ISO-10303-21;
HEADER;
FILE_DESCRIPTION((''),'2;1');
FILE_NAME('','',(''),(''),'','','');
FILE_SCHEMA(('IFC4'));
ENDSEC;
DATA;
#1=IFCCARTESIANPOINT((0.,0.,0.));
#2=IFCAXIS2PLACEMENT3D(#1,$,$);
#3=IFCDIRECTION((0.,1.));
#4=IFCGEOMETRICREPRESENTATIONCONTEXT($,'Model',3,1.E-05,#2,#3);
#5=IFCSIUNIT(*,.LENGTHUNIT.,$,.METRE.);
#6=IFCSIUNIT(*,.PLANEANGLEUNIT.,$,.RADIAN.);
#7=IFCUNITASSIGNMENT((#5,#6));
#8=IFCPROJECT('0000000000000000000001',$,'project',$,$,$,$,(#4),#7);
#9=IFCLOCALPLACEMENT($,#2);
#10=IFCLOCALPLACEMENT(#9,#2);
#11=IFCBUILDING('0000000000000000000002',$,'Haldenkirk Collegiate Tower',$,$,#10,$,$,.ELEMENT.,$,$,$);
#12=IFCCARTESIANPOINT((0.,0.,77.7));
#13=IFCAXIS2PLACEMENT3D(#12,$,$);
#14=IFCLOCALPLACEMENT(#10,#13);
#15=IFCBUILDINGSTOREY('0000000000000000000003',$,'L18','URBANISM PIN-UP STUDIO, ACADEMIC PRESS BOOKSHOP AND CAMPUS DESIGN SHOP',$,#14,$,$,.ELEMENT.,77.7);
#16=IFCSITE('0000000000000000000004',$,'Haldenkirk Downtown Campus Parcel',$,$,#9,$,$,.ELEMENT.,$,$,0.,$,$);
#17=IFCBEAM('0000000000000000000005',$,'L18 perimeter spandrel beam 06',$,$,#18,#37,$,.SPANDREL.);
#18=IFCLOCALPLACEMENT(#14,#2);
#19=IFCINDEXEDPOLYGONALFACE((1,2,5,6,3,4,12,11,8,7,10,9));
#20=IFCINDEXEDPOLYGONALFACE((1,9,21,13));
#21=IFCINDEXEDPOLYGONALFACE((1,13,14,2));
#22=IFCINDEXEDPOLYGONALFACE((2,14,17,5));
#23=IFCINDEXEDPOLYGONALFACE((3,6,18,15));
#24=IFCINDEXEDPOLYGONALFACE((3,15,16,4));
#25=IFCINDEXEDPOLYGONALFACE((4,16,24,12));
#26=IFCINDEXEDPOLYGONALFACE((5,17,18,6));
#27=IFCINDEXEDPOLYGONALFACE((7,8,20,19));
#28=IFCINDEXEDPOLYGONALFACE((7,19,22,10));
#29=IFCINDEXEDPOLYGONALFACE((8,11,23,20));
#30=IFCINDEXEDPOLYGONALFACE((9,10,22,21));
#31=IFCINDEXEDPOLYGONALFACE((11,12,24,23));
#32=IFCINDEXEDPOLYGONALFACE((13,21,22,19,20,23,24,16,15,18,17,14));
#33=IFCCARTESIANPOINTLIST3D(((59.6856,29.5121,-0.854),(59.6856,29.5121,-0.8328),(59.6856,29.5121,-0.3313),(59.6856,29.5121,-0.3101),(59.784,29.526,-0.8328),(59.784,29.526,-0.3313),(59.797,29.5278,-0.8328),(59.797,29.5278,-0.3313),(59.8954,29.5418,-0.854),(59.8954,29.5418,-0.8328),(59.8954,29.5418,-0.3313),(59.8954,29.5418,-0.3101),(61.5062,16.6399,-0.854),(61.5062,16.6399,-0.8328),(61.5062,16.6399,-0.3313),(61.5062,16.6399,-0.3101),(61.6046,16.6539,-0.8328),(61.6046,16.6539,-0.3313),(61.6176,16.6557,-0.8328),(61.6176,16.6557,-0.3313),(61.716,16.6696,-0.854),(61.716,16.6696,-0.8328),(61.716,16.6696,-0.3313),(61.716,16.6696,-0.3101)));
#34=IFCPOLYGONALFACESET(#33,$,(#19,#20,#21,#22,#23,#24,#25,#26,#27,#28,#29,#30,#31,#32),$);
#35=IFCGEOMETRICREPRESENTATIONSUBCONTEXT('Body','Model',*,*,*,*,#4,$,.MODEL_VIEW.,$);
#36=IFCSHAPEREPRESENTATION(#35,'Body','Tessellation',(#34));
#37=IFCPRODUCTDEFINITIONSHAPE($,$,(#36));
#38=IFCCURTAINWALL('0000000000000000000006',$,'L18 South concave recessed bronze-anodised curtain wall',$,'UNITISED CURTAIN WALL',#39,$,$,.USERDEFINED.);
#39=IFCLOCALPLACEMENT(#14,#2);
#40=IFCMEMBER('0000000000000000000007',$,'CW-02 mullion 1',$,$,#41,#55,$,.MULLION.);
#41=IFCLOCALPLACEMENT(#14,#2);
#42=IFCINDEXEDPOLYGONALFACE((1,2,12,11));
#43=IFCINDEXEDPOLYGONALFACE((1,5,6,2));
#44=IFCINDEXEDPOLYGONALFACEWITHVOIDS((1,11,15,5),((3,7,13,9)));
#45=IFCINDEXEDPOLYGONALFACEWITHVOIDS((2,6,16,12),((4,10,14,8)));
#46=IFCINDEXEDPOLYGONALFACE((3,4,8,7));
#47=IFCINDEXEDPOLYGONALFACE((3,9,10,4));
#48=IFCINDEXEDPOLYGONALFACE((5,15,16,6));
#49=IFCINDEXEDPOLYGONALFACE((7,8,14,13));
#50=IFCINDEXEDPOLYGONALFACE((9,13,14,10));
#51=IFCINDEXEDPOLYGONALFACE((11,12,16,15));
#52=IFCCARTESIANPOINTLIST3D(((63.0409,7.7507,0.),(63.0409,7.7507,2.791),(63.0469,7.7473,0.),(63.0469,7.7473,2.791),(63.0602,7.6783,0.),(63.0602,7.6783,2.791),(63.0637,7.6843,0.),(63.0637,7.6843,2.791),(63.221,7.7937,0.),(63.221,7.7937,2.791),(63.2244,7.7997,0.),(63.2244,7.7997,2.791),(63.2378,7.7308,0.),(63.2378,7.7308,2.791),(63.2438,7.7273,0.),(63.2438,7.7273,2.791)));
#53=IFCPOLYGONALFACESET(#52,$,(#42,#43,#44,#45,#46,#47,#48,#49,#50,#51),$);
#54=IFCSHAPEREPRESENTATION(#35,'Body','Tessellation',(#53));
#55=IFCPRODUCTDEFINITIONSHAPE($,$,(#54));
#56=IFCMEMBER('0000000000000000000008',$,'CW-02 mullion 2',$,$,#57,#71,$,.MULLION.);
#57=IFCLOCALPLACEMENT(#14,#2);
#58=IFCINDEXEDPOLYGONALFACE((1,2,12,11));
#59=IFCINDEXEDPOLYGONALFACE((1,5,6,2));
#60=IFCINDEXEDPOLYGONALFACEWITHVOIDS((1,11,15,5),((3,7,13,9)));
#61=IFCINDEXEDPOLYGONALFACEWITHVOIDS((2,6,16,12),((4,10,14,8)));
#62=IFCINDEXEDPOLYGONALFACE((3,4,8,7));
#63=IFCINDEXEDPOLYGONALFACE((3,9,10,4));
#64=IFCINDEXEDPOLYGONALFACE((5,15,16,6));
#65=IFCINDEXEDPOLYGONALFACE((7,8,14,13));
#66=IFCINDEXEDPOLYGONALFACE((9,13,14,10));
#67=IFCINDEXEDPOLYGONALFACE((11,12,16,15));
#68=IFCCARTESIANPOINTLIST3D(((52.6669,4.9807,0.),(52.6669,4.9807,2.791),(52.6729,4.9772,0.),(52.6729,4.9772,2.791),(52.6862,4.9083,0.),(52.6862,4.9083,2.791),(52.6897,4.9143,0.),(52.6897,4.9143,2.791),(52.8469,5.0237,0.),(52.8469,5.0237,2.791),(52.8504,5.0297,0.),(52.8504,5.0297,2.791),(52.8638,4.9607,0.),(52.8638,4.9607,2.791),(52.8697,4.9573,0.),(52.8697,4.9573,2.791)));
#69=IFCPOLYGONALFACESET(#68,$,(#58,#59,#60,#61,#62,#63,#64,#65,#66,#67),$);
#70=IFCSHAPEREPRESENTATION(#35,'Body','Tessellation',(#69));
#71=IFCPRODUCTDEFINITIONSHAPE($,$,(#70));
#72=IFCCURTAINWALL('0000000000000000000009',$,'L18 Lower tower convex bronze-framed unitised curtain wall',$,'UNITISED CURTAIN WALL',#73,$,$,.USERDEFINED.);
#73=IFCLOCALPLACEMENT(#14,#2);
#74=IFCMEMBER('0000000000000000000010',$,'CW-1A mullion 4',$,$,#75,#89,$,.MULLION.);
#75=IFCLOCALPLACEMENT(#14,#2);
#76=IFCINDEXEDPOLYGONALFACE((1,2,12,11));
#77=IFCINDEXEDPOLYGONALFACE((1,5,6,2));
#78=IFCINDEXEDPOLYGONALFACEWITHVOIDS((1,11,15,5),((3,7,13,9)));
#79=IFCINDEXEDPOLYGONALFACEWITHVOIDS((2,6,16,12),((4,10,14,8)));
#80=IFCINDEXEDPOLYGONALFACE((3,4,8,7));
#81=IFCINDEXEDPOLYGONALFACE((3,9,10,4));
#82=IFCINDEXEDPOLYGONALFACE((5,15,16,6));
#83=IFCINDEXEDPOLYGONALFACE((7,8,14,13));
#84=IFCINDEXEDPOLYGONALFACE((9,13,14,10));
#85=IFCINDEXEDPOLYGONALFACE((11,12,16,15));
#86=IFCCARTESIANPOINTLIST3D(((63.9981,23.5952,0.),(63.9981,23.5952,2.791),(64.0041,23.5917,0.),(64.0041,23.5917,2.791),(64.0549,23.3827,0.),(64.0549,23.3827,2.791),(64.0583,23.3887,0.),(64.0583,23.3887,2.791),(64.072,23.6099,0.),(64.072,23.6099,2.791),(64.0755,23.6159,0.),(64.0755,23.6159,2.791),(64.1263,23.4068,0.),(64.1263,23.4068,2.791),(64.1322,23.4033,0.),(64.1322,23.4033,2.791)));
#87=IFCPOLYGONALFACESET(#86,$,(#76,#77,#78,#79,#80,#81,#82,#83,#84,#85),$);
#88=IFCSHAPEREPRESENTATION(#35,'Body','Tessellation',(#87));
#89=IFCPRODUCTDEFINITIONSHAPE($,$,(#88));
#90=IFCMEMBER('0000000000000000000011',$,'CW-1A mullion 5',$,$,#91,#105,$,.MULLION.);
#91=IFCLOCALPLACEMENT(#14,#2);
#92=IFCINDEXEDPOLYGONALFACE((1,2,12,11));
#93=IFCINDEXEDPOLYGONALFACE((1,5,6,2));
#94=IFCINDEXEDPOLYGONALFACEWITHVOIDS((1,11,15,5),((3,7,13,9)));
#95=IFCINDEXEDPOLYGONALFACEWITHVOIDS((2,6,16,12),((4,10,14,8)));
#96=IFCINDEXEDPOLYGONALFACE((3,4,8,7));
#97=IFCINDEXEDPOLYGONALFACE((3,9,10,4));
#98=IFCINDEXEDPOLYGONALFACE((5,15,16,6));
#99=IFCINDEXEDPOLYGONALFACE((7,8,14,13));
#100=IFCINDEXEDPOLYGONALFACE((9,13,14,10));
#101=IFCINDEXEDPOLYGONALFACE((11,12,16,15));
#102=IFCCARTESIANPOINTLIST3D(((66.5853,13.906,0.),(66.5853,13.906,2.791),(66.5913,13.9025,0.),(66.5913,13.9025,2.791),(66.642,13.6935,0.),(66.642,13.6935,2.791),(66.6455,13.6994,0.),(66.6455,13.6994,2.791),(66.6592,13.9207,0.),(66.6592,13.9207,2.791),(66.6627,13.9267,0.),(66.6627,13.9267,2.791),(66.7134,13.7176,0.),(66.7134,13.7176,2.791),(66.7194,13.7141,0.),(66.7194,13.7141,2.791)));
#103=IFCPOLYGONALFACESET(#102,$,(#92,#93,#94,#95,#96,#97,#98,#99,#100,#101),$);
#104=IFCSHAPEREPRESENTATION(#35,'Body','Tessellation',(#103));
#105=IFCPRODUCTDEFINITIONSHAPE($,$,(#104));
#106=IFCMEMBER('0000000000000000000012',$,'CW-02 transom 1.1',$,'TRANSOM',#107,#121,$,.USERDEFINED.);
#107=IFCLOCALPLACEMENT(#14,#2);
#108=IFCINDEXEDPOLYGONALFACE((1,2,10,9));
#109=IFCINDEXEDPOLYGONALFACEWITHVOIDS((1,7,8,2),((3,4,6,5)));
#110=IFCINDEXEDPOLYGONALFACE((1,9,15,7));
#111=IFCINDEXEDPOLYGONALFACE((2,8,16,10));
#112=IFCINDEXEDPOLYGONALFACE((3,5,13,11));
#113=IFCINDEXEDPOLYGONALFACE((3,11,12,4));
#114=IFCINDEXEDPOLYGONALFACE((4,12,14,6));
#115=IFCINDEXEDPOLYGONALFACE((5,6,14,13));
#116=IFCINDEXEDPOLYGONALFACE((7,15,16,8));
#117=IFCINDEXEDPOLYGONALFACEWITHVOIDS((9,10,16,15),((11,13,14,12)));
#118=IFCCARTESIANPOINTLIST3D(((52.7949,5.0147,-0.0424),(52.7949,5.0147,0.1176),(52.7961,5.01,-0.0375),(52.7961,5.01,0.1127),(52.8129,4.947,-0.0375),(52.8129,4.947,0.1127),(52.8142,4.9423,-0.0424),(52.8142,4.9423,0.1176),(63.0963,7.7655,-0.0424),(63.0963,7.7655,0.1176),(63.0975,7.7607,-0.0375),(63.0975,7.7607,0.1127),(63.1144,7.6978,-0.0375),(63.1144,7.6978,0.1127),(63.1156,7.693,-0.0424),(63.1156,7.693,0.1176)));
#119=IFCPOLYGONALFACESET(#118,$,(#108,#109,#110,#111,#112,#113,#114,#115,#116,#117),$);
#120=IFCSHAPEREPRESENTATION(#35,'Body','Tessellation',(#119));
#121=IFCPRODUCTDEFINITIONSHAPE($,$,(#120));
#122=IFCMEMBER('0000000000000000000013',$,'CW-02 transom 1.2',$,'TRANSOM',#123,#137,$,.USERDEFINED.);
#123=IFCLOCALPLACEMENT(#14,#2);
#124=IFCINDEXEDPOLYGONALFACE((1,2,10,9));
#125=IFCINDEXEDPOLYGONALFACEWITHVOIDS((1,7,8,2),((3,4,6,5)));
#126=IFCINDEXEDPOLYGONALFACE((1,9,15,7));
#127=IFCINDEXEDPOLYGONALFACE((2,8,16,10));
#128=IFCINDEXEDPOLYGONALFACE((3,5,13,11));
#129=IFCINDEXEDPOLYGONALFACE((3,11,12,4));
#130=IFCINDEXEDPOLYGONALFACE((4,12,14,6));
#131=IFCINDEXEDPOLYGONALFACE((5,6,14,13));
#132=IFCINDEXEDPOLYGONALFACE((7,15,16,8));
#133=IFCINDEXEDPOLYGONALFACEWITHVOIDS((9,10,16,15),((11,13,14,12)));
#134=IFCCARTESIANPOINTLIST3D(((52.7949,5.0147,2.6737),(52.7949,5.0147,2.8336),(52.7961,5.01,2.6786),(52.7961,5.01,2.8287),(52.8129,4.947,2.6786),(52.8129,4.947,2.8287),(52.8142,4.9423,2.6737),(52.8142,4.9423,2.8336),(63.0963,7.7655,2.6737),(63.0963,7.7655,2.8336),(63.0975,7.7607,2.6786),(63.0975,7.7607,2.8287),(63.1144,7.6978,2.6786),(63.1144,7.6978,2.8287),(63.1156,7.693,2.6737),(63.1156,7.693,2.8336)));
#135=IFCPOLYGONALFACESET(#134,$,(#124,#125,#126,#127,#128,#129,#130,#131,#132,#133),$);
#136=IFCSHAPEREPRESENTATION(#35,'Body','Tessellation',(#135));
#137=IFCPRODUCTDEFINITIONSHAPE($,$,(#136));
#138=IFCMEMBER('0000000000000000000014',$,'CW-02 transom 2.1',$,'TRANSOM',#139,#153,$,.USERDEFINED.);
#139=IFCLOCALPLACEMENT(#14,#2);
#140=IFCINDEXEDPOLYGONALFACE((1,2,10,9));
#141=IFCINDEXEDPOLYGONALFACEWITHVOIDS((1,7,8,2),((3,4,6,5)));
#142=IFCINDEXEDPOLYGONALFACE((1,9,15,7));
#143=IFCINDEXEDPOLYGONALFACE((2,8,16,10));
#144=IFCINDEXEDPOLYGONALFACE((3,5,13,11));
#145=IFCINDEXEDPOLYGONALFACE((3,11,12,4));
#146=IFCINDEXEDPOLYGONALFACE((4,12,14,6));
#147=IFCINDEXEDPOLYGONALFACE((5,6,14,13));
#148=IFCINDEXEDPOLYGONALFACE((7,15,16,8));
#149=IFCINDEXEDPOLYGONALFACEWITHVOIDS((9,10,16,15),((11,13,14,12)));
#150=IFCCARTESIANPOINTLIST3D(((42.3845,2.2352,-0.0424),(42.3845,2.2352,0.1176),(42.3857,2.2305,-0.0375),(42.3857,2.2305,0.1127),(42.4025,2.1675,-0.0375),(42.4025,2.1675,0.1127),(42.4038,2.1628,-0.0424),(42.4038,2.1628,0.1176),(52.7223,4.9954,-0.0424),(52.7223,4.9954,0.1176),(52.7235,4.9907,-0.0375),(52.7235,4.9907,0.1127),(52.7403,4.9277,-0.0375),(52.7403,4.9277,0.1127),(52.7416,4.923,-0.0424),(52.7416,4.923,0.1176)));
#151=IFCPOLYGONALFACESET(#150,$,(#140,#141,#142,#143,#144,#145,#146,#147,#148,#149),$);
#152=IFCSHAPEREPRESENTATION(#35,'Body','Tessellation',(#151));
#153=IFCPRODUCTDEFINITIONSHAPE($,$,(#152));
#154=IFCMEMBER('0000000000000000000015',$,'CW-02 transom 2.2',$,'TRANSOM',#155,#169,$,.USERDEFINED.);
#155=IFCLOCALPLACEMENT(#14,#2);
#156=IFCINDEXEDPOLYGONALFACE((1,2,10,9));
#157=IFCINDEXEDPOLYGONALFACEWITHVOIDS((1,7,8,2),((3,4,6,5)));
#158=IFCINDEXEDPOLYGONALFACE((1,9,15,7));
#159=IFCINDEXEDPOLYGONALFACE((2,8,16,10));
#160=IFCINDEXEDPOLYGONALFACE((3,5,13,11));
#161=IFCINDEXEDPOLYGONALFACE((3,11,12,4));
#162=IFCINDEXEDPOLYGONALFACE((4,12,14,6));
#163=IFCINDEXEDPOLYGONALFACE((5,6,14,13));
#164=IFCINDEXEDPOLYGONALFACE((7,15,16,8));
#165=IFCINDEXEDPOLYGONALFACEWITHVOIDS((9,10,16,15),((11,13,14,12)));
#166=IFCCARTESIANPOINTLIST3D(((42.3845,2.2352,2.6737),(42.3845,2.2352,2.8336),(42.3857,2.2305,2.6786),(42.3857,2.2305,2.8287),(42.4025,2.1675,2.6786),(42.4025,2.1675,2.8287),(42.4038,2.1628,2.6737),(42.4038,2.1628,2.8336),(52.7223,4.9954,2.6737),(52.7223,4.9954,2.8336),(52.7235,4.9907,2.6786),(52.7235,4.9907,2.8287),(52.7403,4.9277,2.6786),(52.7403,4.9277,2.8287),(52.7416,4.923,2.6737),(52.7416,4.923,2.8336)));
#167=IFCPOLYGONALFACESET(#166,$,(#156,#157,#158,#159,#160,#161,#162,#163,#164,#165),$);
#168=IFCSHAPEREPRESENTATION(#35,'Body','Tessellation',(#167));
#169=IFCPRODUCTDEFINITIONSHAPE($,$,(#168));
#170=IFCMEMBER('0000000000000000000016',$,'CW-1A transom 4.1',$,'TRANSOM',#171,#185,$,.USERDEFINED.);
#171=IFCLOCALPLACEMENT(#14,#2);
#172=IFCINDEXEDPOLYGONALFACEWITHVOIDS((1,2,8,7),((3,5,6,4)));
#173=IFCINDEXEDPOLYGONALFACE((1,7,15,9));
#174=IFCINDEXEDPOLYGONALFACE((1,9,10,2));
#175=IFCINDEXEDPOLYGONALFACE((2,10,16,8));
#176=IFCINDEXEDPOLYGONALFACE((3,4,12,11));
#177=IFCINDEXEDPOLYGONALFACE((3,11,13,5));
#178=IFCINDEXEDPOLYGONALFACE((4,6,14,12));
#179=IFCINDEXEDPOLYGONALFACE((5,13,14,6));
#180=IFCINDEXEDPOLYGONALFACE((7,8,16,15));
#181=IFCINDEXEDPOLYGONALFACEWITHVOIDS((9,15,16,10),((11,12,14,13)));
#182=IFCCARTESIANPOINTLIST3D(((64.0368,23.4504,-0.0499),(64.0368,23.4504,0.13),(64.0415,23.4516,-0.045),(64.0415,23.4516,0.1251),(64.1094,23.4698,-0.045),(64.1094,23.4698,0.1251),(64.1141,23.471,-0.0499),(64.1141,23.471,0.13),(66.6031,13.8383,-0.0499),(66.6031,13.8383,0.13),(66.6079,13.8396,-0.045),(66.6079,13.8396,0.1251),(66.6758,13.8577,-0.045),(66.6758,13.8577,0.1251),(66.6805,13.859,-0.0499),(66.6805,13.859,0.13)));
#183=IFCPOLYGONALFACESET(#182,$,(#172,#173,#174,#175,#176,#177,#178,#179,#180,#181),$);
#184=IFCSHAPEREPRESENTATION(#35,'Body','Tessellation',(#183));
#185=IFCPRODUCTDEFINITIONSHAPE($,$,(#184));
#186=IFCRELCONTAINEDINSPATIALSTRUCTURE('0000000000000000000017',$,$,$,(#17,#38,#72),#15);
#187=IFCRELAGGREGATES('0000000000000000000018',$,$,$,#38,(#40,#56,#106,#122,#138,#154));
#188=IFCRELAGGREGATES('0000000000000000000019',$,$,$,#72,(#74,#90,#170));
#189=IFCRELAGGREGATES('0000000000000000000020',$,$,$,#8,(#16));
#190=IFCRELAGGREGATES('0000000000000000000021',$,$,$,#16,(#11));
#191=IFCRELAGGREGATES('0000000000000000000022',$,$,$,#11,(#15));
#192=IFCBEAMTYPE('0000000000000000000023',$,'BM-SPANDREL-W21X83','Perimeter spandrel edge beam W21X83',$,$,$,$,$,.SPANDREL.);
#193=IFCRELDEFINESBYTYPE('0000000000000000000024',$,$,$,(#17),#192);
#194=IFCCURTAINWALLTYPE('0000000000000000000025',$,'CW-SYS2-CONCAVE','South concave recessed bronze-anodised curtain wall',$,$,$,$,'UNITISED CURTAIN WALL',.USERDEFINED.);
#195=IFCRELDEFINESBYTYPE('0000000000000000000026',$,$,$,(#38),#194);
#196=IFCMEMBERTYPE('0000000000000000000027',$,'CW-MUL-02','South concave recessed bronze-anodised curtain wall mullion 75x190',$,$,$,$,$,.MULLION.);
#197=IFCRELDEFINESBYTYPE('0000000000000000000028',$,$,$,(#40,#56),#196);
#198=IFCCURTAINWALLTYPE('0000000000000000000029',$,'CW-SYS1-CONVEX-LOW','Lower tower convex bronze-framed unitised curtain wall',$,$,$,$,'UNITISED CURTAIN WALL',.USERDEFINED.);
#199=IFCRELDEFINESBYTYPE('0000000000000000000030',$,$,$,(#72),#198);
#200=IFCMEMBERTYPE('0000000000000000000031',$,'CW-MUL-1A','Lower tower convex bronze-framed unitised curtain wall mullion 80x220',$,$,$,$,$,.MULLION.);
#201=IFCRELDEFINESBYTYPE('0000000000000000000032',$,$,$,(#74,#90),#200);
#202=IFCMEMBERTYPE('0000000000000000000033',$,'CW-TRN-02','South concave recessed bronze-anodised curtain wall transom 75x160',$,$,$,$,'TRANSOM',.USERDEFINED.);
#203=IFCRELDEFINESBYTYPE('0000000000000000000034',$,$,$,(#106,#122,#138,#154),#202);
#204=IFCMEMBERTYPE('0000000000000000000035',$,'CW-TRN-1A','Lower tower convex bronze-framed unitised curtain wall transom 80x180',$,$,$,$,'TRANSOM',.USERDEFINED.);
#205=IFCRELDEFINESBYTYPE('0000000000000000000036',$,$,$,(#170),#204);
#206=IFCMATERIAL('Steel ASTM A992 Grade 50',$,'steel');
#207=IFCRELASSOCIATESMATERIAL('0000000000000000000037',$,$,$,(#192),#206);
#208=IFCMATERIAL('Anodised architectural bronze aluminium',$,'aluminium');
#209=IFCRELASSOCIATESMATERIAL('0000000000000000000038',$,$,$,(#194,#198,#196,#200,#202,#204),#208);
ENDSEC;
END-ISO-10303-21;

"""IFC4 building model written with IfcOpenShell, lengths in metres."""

from ifc_helpers import new_model, si_unit, direction, frame, origin, origin_2d, place, context, subcontext, project, spatial, hollow_rectangle, i_section, extrude, material, material_profile, profile_set, type_object, element, aggregate, save


model = new_model("IFC4")

# Units and contexts
model_context = context("Model", 3, precision=1e-05, world=origin(), true_north=direction((0.0, 1.0)))
body_context = subcontext(model_context, "Body", "Model", "MODEL_VIEW")
ifc_project = project(units=[si_unit("LENGTHUNIT", "METRE"), si_unit("PLANEANGLEUNIT", "RADIAN")], contexts=[model_context])

# Site, building, storey
site_placement = place(None, origin())
site = spatial("IfcSite", under=ifc_project, at=site_placement, Name="Haldenkirk Downtown Campus Parcel", CompositionType="ELEMENT", RefElevation=0.0)
building_placement = place(site_placement, origin())
building = spatial("IfcBuilding", under=site, at=building_placement, Name="Haldenkirk Collegiate Tower", CompositionType="ELEMENT")
storey_placement = place(building_placement, frame((0.0, 0.0, 77.7)))
storey = spatial("IfcBuildingStorey", under=building, at=storey_placement, Name="L18", Description="URBANISM PIN-UP STUDIO, ACADEMIC PRESS BOOKSHOP AND CAMPUS DESIGN SHOP", CompositionType="ELEMENT", Elevation=77.7)

# Beam
ifc_material_1 = material(Name="Steel ASTM A992 Grade 50", Category="steel")
ifc_material_profile_1 = material_profile(ifc_material_1, i_section(OverallWidth=0.2119, OverallDepth=0.5439, WebThickness=0.0132, FlangeThickness=0.0212, at=origin_2d()), Name="W21X83")
ifc_profile_set_1 = profile_set([ifc_material_profile_1], Name="Steel ASTM A992 Grade 50")
beam_type_1 = type_object("IfcBeamType", Name="BM-SPANDREL-W21X83", Description="Perimeter spandrel edge beam W21X83", PredefinedType="SPANDREL", material=ifc_profile_set_1)
beam_1_placement = place(storey_placement, frame((61.6111, 16.6548, -0.582), z_axis=(-0.140041, 0.990146, 0.0), x_axis=(-0.990146, -0.140041, 0.0)))
element("IfcBeam", 1, at=beam_1_placement, inside=storey, type_object=beam_type_1, Name="L18 perimeter spandrel beam 06", PredefinedType="SPANDREL", context=body_context, shape_type="SweptSolid", body=[
    extrude(i_section(OverallWidth=0.2119, OverallDepth=0.5439, WebThickness=0.0132, FlangeThickness=0.0212, at=origin_2d()), origin(), (0.0, 0.0, 1.0), 13.0002),
])

# Curtain walls, members
ifc_material_2 = material(Name="Anodised architectural bronze aluminium", Category="aluminium")
curtain_wall_type_1 = type_object("IfcCurtainWallType", Name="CW-SYS2-CONCAVE", Description="South concave recessed bronze-anodised curtain wall", ElementType="UNITISED CURTAIN WALL", PredefinedType="USERDEFINED", material=ifc_material_2)
curtain_wall_1_placement = place(storey_placement, origin())
curtain_wall_1 = element("IfcCurtainWall", 2, at=curtain_wall_1_placement, inside=storey, type_object=curtain_wall_type_1, Name="L18 South concave recessed bronze-anodised curtain wall", ObjectType="UNITISED CURTAIN WALL", PredefinedType="USERDEFINED")
ifc_material_profile_2 = material_profile(ifc_material_2, hollow_rectangle(XDim=0.075, YDim=0.1899, WallThickness=0.0049, at=origin_2d()), Name="CW-MUL-02")
ifc_profile_set_2 = profile_set([ifc_material_profile_2], Name="Anodised architectural bronze aluminium")
member_type_1 = type_object("IfcMemberType", Name="CW-MUL-02", Description="South concave recessed bronze-anodised curtain wall mullion 75x190", PredefinedType="MULLION", material=ifc_profile_set_2)
member_1_placement = place(storey_placement, frame((63.1423, 7.739, 0.0), z_axis=(0.0, 0.0, 1.0), x_axis=(0.257976, -0.966151, 0.0)))
member_1 = element("IfcMember", 3, at=member_1_placement, type_object=member_type_1, Name="CW-02 mullion 1", PredefinedType="MULLION", context=body_context, shape_type="SweptSolid", body=[
    extrude(hollow_rectangle(XDim=0.075, YDim=0.1899, WallThickness=0.0049, at=origin_2d()), origin(), (0.0, 0.0, 1.0), 2.791),
])
member_2_placement = place(storey_placement, frame((52.7683, 4.969, 0.0), z_axis=(0.0, 0.0, 1.0), x_axis=(0.257976, -0.966151, 0.0)))
member_2 = element("IfcMember", 4, at=member_2_placement, type_object=member_type_1, Name="CW-02 mullion 2", PredefinedType="MULLION", context=body_context, shape_type="SweptSolid", body=[
    extrude(hollow_rectangle(XDim=0.075, YDim=0.1899, WallThickness=0.0049, at=origin_2d()), origin(), (0.0, 0.0, 1.0), 2.791),
])
curtain_wall_type_2 = type_object("IfcCurtainWallType", Name="CW-SYS1-CONVEX-LOW", Description="Lower tower convex bronze-framed unitised curtain wall", ElementType="UNITISED CURTAIN WALL", PredefinedType="USERDEFINED", material=ifc_material_2)
curtain_wall_2_placement = place(storey_placement, origin())
curtain_wall_2 = element("IfcCurtainWall", 5, at=curtain_wall_2_placement, inside=storey, type_object=curtain_wall_type_2, Name="L18 Lower tower convex bronze-framed unitised curtain wall", ObjectType="UNITISED CURTAIN WALL", PredefinedType="USERDEFINED")
ifc_material_profile_3 = material_profile(ifc_material_2, hollow_rectangle(XDim=0.0801, YDim=0.22, WallThickness=0.0049, at=origin_2d()), Name="CW-MUL-1A")
ifc_profile_set_3 = profile_set([ifc_material_profile_3], Name="Anodised architectural bronze aluminium")
member_type_2 = type_object("IfcMemberType", Name="CW-MUL-1A", Description="Lower tower convex bronze-framed unitised curtain wall mullion 80x220", PredefinedType="MULLION", material=ifc_profile_set_3)
member_3_placement = place(storey_placement, frame((64.0652, 23.4993, 0.0), z_axis=(0.0, 0.0, 1.0), x_axis=(0.966151, 0.257976, 0.0)))
member_3 = element("IfcMember", 6, at=member_3_placement, type_object=member_type_2, Name="CW-1A mullion 4", PredefinedType="MULLION", context=body_context, shape_type="SweptSolid", body=[
    extrude(hollow_rectangle(XDim=0.0801, YDim=0.22, WallThickness=0.0049, at=origin_2d()), origin(), (0.0, 0.0, 1.0), 2.791),
])
member_4_placement = place(storey_placement, frame((66.6523, 13.8101, 0.0), z_axis=(0.0, 0.0, 1.0), x_axis=(0.966151, 0.257976, 0.0)))
member_4 = element("IfcMember", 7, at=member_4_placement, type_object=member_type_2, Name="CW-1A mullion 5", PredefinedType="MULLION", context=body_context, shape_type="SweptSolid", body=[
    extrude(hollow_rectangle(XDim=0.0801, YDim=0.22, WallThickness=0.0049, at=origin_2d()), origin(), (0.0, 0.0, 1.0), 2.791),
])

# Members
ifc_material_profile_4 = material_profile(ifc_material_2, hollow_rectangle(XDim=0.075, YDim=0.1599, WallThickness=0.0049, at=origin_2d()), Name="CW-TRN-02")
ifc_profile_set_4 = profile_set([ifc_material_profile_4], Name="Anodised architectural bronze aluminium")
member_type_3 = type_object("IfcMemberType", Name="CW-TRN-02", Description="South concave recessed bronze-anodised curtain wall transom 75x160", ElementType="TRANSOM", PredefinedType="USERDEFINED", material=ifc_profile_set_4)
member_5_placement = place(storey_placement, frame((63.106, 7.7292, 0.0376), z_axis=(-0.966149, -0.257983, 0.0), x_axis=(0.257983, -0.966149, 0.0)))
member_5 = element("IfcMember", 8, at=member_5_placement, type_object=member_type_3, Name="CW-02 transom 1.1", ObjectType="TRANSOM", PredefinedType="USERDEFINED", context=body_context, shape_type="SweptSolid", body=[
    extrude(hollow_rectangle(XDim=0.075, YDim=0.1599, WallThickness=0.0049, at=origin_2d()), origin(), (0.0, 0.0, 1.0), 10.6624),
])
member_6_placement = place(storey_placement, frame((63.106, 7.7292, 2.7537), z_axis=(-0.966149, -0.257983, 0.0), x_axis=(0.257983, -0.966149, 0.0)))
member_6 = element("IfcMember", 9, at=member_6_placement, type_object=member_type_3, Name="CW-02 transom 1.2", ObjectType="TRANSOM", PredefinedType="USERDEFINED", context=body_context, shape_type="SweptSolid", body=[
    extrude(hollow_rectangle(XDim=0.075, YDim=0.1599, WallThickness=0.0049, at=origin_2d()), origin(), (0.0, 0.0, 1.0), 10.6624),
])
member_7_placement = place(storey_placement, frame((52.7319, 4.9592, 0.0376), z_axis=(-0.966154, -0.257967, 0.0), x_axis=(0.257967, -0.966154, 0.0)))
member_7 = element("IfcMember", 10, at=member_7_placement, type_object=member_type_3, Name="CW-02 transom 2.1", ObjectType="TRANSOM", PredefinedType="USERDEFINED", context=body_context, shape_type="SweptSolid", body=[
    extrude(hollow_rectangle(XDim=0.075, YDim=0.1599, WallThickness=0.0049, at=origin_2d()), origin(), (0.0, 0.0, 1.0), 10.7),
])
member_8_placement = place(storey_placement, frame((52.7319, 4.9592, 2.7537), z_axis=(-0.966154, -0.257967, 0.0), x_axis=(0.257967, -0.966154, 0.0)))
member_8 = element("IfcMember", 11, at=member_8_placement, type_object=member_type_3, Name="CW-02 transom 2.2", ObjectType="TRANSOM", PredefinedType="USERDEFINED", context=body_context, shape_type="SweptSolid", body=[
    extrude(hollow_rectangle(XDim=0.075, YDim=0.1599, WallThickness=0.0049, at=origin_2d()), origin(), (0.0, 0.0, 1.0), 10.7),
])
ifc_material_profile_5 = material_profile(ifc_material_2, hollow_rectangle(XDim=0.0801, YDim=0.1799, WallThickness=0.0049, at=origin_2d()), Name="CW-TRN-1A")
ifc_profile_set_5 = profile_set([ifc_material_profile_5], Name="Anodised architectural bronze aluminium")
member_type_4 = type_object("IfcMemberType", Name="CW-TRN-1A", Description="Lower tower convex bronze-framed unitised curtain wall transom 80x180", ElementType="TRANSOM", PredefinedType="USERDEFINED", material=ifc_profile_set_5)
member_9_placement = place(storey_placement, frame((64.0754, 23.4607, 0.04), z_axis=(0.257962, -0.966155, 0.0), x_axis=(0.966155, 0.257962, 0.0)))
member_9 = element("IfcMember", 12, at=member_9_placement, type_object=member_type_4, Name="CW-1A transom 4.1", ObjectType="TRANSOM", PredefinedType="USERDEFINED", context=body_context, shape_type="SweptSolid", body=[
    extrude(hollow_rectangle(XDim=0.0801, YDim=0.1799, WallThickness=0.0049, at=origin_2d()), origin(), (0.0, 0.0, 1.0), 9.9487),
])

aggregate(curtain_wall_1, [member_1, member_2, member_5, member_6, member_7, member_8])
aggregate(curtain_wall_2, [member_3, member_4, member_9])

save(model, "model.ifc")
